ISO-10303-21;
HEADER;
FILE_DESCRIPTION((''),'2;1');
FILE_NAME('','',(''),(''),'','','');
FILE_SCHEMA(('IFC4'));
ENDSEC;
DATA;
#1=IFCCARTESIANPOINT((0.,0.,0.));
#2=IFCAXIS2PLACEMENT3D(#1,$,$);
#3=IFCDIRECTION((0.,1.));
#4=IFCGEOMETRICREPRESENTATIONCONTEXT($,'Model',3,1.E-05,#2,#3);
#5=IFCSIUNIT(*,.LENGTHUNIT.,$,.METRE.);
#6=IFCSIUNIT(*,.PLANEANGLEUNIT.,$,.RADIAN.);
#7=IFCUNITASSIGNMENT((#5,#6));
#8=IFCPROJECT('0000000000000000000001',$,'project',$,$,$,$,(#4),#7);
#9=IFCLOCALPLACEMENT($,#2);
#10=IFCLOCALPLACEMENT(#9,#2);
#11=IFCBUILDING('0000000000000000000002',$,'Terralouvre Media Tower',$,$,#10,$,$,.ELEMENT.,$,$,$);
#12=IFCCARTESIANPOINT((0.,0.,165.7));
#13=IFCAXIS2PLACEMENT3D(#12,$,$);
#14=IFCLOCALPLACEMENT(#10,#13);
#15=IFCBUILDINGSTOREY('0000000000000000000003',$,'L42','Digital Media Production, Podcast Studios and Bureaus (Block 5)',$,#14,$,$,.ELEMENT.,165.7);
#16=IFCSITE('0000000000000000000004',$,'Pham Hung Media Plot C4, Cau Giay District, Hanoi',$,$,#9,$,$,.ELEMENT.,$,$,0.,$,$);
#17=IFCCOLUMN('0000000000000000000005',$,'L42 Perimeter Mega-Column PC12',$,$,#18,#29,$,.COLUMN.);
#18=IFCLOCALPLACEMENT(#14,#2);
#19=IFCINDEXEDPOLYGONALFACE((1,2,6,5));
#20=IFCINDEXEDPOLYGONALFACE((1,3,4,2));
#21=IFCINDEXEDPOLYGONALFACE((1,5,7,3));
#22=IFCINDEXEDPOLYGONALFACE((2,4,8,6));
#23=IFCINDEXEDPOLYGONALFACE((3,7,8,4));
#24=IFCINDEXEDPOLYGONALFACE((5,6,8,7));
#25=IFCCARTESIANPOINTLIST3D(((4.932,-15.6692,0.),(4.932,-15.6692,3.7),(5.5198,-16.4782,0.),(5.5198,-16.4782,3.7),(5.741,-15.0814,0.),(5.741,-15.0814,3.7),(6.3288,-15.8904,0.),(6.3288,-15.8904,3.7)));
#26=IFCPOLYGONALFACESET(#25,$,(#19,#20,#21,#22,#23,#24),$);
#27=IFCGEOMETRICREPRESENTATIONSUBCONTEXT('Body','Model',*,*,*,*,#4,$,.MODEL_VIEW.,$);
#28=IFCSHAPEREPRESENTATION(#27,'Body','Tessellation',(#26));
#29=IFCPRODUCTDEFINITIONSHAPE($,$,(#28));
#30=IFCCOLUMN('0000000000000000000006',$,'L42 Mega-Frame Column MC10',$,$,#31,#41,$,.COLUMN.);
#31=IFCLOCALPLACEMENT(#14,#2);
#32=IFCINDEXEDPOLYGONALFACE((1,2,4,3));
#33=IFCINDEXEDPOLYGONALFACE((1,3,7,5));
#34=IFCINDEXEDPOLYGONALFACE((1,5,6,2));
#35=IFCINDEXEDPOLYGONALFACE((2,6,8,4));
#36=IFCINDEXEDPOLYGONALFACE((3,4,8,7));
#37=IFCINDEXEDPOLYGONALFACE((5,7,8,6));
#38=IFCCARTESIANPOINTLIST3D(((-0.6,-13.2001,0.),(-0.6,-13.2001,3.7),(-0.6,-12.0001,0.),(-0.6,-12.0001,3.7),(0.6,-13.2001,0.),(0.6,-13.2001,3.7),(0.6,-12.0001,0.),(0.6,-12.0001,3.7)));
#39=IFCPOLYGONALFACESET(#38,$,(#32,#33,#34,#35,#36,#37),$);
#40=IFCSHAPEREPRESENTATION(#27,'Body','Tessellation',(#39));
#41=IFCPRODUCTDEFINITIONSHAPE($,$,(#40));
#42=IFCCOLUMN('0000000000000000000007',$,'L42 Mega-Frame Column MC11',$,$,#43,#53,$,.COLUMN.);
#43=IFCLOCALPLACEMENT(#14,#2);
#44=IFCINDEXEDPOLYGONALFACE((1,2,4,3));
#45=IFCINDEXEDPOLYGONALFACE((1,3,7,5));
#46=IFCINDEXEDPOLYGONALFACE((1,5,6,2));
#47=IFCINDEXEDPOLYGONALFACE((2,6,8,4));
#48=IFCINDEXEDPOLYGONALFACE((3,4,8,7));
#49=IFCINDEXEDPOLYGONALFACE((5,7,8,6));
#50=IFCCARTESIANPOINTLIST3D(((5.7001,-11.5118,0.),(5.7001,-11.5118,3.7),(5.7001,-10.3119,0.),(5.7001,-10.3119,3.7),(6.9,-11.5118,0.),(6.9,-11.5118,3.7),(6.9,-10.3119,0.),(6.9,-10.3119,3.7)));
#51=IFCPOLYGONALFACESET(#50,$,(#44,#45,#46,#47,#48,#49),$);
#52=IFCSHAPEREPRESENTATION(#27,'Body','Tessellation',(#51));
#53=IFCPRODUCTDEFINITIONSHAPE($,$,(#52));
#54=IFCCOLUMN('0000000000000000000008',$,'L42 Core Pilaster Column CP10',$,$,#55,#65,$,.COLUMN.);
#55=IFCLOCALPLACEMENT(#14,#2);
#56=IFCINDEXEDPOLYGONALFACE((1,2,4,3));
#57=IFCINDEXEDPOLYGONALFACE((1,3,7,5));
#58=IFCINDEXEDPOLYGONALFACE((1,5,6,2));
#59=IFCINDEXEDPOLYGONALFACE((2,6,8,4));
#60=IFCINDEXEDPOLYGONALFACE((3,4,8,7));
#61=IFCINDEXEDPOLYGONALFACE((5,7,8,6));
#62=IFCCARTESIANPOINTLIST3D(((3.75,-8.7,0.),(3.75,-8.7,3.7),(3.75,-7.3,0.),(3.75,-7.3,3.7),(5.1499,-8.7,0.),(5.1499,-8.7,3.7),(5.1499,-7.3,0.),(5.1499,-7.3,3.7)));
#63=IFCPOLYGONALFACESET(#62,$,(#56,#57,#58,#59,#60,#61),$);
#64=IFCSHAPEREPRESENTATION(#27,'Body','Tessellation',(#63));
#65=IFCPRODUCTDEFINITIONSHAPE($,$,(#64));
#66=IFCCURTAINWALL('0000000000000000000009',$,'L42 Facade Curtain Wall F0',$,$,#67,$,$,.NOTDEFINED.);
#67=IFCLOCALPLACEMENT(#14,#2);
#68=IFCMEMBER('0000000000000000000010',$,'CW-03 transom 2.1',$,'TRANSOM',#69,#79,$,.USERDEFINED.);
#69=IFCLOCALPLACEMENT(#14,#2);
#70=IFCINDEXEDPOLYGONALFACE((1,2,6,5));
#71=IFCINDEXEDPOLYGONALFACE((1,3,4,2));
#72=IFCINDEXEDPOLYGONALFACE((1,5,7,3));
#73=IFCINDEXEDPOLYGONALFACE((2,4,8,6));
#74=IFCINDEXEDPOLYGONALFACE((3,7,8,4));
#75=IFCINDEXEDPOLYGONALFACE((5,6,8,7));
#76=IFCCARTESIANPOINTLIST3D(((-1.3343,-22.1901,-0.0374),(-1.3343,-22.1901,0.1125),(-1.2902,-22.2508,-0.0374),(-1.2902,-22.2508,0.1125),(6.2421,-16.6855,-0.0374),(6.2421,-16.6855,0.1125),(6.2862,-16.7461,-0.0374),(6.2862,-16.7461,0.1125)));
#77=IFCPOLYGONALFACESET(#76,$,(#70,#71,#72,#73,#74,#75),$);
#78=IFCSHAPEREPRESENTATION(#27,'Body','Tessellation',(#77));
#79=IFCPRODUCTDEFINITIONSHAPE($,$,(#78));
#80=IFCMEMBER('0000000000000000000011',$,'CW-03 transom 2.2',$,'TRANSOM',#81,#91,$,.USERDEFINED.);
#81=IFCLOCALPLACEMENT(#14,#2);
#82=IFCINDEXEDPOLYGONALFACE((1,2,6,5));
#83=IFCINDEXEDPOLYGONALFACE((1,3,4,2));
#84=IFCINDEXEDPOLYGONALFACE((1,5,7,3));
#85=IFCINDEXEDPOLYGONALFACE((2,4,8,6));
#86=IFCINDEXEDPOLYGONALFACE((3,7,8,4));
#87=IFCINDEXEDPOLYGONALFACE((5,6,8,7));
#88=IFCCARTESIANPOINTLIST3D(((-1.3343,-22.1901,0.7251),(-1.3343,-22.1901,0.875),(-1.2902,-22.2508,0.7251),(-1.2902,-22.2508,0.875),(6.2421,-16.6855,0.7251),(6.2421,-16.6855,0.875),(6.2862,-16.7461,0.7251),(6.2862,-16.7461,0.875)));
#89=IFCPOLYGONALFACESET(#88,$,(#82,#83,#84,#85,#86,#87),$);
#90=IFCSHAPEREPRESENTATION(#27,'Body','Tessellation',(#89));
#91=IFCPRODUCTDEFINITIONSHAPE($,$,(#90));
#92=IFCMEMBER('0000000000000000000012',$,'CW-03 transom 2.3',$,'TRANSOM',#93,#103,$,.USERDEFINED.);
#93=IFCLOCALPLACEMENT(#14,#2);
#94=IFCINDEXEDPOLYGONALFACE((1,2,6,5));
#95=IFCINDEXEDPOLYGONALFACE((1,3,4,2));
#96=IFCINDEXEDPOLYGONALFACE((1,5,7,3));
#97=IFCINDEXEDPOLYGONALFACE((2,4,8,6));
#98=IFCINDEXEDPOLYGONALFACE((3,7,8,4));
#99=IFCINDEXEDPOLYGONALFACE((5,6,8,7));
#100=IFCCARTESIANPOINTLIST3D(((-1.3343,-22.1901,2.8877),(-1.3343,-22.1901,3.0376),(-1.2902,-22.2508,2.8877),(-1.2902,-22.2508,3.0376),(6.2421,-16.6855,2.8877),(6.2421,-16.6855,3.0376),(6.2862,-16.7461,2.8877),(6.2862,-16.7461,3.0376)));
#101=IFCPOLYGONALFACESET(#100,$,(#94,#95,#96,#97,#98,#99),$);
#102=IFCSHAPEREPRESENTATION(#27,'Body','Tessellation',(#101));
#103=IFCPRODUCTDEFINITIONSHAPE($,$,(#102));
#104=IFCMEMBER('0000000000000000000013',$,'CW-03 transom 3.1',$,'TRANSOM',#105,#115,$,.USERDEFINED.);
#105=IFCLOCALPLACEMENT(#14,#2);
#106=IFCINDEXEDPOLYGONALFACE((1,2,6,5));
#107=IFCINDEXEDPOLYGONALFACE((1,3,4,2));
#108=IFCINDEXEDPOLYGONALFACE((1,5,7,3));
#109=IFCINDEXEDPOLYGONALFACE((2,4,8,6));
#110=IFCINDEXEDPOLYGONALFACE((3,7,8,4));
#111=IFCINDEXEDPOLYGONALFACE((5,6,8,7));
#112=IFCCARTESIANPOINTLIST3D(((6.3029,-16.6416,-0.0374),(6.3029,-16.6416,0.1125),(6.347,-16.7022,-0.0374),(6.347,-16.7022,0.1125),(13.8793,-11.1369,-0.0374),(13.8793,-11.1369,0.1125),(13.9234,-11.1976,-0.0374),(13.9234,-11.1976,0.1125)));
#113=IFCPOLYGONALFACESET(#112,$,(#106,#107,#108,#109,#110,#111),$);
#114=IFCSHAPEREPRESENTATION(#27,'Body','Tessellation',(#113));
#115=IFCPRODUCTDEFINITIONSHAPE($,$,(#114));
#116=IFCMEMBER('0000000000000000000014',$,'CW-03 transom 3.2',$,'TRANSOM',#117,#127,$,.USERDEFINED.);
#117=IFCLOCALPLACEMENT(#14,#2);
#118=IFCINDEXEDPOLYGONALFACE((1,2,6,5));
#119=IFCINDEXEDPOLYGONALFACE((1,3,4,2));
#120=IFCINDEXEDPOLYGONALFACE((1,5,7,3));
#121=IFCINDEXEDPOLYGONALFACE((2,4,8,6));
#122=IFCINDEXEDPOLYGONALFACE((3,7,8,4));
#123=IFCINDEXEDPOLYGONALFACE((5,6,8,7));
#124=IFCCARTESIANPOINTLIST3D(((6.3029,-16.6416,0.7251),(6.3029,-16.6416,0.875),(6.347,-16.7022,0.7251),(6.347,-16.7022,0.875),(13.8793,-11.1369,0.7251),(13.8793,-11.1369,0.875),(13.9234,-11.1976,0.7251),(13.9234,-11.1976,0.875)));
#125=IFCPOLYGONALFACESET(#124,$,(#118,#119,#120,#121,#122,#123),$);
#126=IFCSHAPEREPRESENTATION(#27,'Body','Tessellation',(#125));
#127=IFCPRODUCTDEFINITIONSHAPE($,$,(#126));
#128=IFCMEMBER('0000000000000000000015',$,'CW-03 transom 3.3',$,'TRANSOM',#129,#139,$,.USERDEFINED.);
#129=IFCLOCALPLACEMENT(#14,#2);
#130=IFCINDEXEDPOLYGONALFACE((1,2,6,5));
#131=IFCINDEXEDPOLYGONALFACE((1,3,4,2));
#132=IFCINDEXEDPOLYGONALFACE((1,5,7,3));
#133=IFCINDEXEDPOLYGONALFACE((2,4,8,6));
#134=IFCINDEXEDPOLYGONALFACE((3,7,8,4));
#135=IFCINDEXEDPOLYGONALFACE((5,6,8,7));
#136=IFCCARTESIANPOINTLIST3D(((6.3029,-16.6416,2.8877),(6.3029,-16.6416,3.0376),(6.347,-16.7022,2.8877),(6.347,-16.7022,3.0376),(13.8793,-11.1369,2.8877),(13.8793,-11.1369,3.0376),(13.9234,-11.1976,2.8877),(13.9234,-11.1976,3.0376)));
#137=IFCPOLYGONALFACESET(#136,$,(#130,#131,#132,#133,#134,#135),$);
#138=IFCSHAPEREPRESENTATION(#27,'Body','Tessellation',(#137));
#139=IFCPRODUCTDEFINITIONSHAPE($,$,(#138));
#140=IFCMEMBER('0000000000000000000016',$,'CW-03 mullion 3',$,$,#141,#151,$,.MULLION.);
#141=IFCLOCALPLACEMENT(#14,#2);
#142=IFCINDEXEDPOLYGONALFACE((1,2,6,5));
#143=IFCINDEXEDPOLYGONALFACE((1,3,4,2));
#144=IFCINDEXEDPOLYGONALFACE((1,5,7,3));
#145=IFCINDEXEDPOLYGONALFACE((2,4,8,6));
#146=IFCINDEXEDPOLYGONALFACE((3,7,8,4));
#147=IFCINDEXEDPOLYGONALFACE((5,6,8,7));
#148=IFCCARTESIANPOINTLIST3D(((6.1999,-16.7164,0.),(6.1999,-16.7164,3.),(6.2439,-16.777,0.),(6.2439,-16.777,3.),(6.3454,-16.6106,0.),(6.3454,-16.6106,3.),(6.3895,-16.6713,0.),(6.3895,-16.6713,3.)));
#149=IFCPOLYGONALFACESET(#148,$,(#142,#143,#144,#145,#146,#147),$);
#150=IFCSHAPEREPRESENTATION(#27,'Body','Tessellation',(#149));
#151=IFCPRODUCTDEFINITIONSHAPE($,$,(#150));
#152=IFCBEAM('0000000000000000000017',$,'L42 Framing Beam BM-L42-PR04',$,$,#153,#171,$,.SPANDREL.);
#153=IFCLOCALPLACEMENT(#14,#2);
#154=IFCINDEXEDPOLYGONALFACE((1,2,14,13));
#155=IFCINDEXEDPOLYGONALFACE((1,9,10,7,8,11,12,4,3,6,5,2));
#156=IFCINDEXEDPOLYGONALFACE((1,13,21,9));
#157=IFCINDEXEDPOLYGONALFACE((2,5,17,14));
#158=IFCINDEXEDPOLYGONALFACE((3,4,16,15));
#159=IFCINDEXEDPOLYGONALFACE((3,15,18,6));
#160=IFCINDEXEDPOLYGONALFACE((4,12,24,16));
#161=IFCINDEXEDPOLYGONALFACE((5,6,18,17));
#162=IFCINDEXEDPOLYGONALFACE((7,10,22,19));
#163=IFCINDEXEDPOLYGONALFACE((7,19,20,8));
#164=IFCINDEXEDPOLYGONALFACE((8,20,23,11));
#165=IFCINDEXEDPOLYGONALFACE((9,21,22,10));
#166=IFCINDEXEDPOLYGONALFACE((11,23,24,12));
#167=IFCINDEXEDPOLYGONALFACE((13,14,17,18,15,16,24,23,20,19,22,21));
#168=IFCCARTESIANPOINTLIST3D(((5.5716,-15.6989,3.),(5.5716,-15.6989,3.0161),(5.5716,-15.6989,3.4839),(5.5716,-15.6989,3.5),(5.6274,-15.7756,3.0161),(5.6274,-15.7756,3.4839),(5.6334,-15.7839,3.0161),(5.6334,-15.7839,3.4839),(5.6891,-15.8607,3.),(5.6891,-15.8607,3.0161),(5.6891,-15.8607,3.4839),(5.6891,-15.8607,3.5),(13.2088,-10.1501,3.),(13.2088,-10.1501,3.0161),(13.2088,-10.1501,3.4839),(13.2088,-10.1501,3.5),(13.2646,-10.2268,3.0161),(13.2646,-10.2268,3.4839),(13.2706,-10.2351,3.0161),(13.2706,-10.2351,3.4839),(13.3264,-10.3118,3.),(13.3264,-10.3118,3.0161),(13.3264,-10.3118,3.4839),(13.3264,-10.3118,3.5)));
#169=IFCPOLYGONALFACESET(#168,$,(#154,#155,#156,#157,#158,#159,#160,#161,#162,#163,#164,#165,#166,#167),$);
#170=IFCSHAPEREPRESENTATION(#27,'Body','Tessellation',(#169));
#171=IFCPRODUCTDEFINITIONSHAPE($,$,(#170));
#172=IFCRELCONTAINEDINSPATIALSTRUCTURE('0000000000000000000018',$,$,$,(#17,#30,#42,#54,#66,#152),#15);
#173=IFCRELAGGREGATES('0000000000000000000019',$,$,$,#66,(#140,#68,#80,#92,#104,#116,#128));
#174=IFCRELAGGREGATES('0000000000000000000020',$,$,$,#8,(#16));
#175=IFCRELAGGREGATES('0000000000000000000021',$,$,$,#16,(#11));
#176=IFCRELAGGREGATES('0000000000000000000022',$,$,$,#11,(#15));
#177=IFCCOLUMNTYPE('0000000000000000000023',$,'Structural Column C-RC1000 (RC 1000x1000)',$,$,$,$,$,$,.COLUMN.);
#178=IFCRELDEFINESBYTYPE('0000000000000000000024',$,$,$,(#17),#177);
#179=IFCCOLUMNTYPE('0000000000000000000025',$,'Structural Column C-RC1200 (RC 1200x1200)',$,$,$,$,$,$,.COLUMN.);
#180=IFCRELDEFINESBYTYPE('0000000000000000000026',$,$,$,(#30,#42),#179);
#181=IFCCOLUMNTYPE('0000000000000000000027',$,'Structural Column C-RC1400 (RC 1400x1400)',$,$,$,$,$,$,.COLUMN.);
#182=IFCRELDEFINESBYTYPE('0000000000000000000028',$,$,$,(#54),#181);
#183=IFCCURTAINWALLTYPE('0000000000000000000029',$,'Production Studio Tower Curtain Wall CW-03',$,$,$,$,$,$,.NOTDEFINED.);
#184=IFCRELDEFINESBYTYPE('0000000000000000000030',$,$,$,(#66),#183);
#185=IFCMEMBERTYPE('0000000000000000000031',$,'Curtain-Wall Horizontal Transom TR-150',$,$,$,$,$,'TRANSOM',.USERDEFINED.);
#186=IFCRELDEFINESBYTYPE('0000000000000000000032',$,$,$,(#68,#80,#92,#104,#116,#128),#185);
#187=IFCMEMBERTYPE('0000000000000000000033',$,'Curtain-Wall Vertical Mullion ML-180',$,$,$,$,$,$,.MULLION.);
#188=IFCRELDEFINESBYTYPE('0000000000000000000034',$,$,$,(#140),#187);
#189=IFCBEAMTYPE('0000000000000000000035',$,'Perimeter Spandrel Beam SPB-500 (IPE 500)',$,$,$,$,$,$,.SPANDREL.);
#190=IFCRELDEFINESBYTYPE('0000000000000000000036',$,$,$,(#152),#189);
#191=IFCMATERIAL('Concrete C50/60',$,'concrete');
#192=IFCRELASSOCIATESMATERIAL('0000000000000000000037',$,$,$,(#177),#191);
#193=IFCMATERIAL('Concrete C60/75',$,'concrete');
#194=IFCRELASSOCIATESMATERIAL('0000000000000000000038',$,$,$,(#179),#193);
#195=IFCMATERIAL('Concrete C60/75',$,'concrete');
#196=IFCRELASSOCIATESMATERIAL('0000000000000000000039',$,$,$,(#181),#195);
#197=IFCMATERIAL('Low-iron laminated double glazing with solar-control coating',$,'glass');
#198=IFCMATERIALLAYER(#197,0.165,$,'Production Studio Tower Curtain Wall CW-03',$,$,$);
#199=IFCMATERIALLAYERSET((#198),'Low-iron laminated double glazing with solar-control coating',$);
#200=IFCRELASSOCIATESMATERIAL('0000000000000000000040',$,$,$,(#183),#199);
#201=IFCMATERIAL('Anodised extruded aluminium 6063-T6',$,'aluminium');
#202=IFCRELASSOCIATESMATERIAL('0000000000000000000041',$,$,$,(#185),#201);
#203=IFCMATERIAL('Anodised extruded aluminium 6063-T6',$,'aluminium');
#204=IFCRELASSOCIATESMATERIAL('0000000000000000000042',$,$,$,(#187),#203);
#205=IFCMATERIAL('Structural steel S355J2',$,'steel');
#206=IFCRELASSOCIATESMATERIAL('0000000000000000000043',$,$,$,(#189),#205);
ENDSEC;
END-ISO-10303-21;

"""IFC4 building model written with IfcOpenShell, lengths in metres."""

from ifc_helpers import new_model, si_unit, direction, frame, origin, origin_2d, place, context, subcontext, project, spatial, rectangle, i_section, extrude, material, layer, layer_set, material_profile, profile_set, type_object, element, aggregate, save


model = new_model("IFC4")

# Units and contexts
model_context = context("Model", 3, precision=1e-05, world=origin(), true_north=direction((0.0, 1.0)))
body_context = subcontext(model_context, "Body", "Model", "MODEL_VIEW")
ifc_project = project(units=[si_unit("LENGTHUNIT", "METRE"), si_unit("PLANEANGLEUNIT", "RADIAN")], contexts=[model_context])

# Site, building, storey
site_placement = place(None, origin())
site = spatial("IfcSite", under=ifc_project, at=site_placement, Name="Pham Hung Media Plot C4, Cau Giay District, Hanoi", CompositionType="ELEMENT", RefElevation=0.0)
building_placement = place(site_placement, origin())
building = spatial("IfcBuilding", under=site, at=building_placement, Name="Terralouvre Media Tower", CompositionType="ELEMENT")
storey_placement = place(building_placement, frame((0.0, 0.0, 165.7)))
storey = spatial("IfcBuildingStorey", under=building, at=storey_placement, Name="L42", Description="Digital Media Production, Podcast Studios and Bureaus (Block 5)", CompositionType="ELEMENT", Elevation=165.7)

# Columns
ifc_material_1 = material(Name="Concrete C50/60", Category="concrete")
ifc_material_profile_1 = material_profile(ifc_material_1, rectangle(XDim=1.0, YDim=1.0, at=origin_2d()), Name="RC 1000x1000")
ifc_profile_set_1 = profile_set([ifc_material_profile_1], Name="Concrete C50/60")
column_type_1 = type_object("IfcColumnType", Name="Structural Column C-RC1000 (RC 1000x1000)", PredefinedType="COLUMN", material=ifc_profile_set_1)
column_1_placement = place(storey_placement, frame((5.6304, -15.7798, 0.0), z_axis=(0.0, 0.0, 1.0), x_axis=(0.809017, 0.587785, 0.0)))
element("IfcColumn", 1, at=column_1_placement, inside=storey, type_object=column_type_1, Name="L42 Perimeter Mega-Column PC12", PredefinedType="COLUMN", context=body_context, shape_type="SweptSolid", body=[
    extrude(rectangle(XDim=1.0, YDim=1.0, at=origin_2d()), origin(), (0.0, 0.0, 1.0), 3.7),
])
ifc_material_2 = material(Name="Concrete C60/75", Category="concrete")
ifc_material_profile_2 = material_profile(ifc_material_2, rectangle(XDim=1.2, YDim=1.2, at=origin_2d()), Name="RC 1200x1200")
ifc_profile_set_2 = profile_set([ifc_material_profile_2], Name="Concrete C60/75")
column_type_2 = type_object("IfcColumnType", Name="Structural Column C-RC1200 (RC 1200x1200)", PredefinedType="COLUMN", material=ifc_profile_set_2)
for number, where, z_axis, x_axis, name in (
    (2, (0.0, -12.6001, 0.0), (0.0, 0.0, 1.0), (1.0, 0.0, 0.0), "L42 Mega-Frame Column MC10"),
    (3, (6.3, -10.9119, 0.0), (0.0, 0.0, 1.0), (1.0, 0.0, 0.0), "L42 Mega-Frame Column MC11"),
):
    element("IfcColumn", number, at=place(storey_placement, frame(where, z_axis=z_axis, x_axis=x_axis)), inside=storey, type_object=column_type_2, Name=name, PredefinedType="COLUMN", context=body_context, shape_type="SweptSolid", body=[
        extrude(rectangle(XDim=1.2, YDim=1.2, at=origin_2d()), origin(), (0.0, 0.0, 1.0), 3.7),
    ])
ifc_material_3 = material(Name="Concrete C60/75", Category="concrete")
ifc_material_profile_3 = material_profile(ifc_material_3, rectangle(XDim=1.3999, YDim=1.3999, at=origin_2d()), Name="RC 1400x1400")
ifc_profile_set_3 = profile_set([ifc_material_profile_3], Name="Concrete C60/75")
column_type_3 = type_object("IfcColumnType", Name="Structural Column C-RC1400 (RC 1400x1400)", PredefinedType="COLUMN", material=ifc_profile_set_3)
column_2_placement = place(storey_placement, frame((4.45, -8.0, 0.0), z_axis=(0.0, 0.0, 1.0), x_axis=(1.0, 0.0, 0.0)))
element("IfcColumn", 4, at=column_2_placement, inside=storey, type_object=column_type_3, Name="L42 Core Pilaster Column CP10", PredefinedType="COLUMN", context=body_context, shape_type="SweptSolid", body=[
    extrude(rectangle(XDim=1.3999, YDim=1.3999, at=origin_2d()), origin(), (0.0, 0.0, 1.0), 3.7),
])

# Curtain wall, members
ifc_material_4 = material(Name="Low-iron laminated double glazing with solar-control coating", Category="glass")
ifc_layer_1 = layer(ifc_material_4, 0.165, Name="Production Studio Tower Curtain Wall CW-03")
ifc_layer_set_1 = layer_set([ifc_layer_1], Name="Low-iron laminated double glazing with solar-control coating")
curtain_wall_type = type_object("IfcCurtainWallType", Name="Production Studio Tower Curtain Wall CW-03", PredefinedType="NOTDEFINED", material=ifc_layer_set_1)
curtain_wall_placement = place(storey_placement, origin())
curtain_wall = element("IfcCurtainWall", 5, at=curtain_wall_placement, inside=storey, type_object=curtain_wall_type, Name="L42 Facade Curtain Wall F0", PredefinedType="NOTDEFINED")
ifc_material_5 = material(Name="Anodised extruded aluminium 6063-T6", Category="aluminium")
ifc_material_profile_4 = material_profile(ifc_material_5, rectangle(XDim=0.075, YDim=0.1499, at=origin_2d()), Name="ALU 75x150")
ifc_profile_set_4 = profile_set([ifc_material_profile_4], Name="Anodised extruded aluminium 6063-T6")
member_type_1 = type_object("IfcMemberType", Name="Curtain-Wall Horizontal Transom TR-150", ElementType="TRANSOM", PredefinedType="USERDEFINED", material=ifc_profile_set_4)
member_1_placement = place(storey_placement, frame((-1.3123, -22.2205, 0.0376), z_axis=(0.809014, 0.587789, 0.0), x_axis=(-0.587789, 0.809014, 0.0)))
member_1 = element("IfcMember", 6, at=member_1_placement, type_object=member_type_1, Name="CW-03 transom 2.1", ObjectType="TRANSOM", PredefinedType="USERDEFINED", context=body_context, shape_type="SweptSolid", body=[
    extrude(rectangle(XDim=0.075, YDim=0.1499, at=origin_2d()), origin(), (0.0, 0.0, 1.0), 9.365),
])
member_2_placement = place(storey_placement, frame((-1.3123, -22.2205, 0.8), z_axis=(0.809014, 0.587789, 0.0), x_axis=(-0.587789, 0.809014, 0.0)))
member_2 = element("IfcMember", 7, at=member_2_placement, type_object=member_type_1, Name="CW-03 transom 2.2", ObjectType="TRANSOM", PredefinedType="USERDEFINED", context=body_context, shape_type="SweptSolid", body=[
    extrude(rectangle(XDim=0.075, YDim=0.1499, at=origin_2d()), origin(), (0.0, 0.0, 1.0), 9.365),
])
member_3_placement = place(storey_placement, frame((-1.3123, -22.2205, 2.9626), z_axis=(0.809014, 0.587789, 0.0), x_axis=(-0.587789, 0.809014, 0.0)))
member_3 = element("IfcMember", 8, at=member_3_placement, type_object=member_type_1, Name="CW-03 transom 2.3", ObjectType="TRANSOM", PredefinedType="USERDEFINED", context=body_context, shape_type="SweptSolid", body=[
    extrude(rectangle(XDim=0.075, YDim=0.1499, at=origin_2d()), origin(), (0.0, 0.0, 1.0), 9.365),
])
member_4_placement = place(storey_placement, frame((6.325, -16.6719, 0.0376), z_axis=(0.809014, 0.587789, 0.0), x_axis=(-0.587789, 0.809014, 0.0)))
member_4 = element("IfcMember", 9, at=member_4_placement, type_object=member_type_1, Name="CW-03 transom 3.1", ObjectType="TRANSOM", PredefinedType="USERDEFINED", context=body_context, shape_type="SweptSolid", body=[
    extrude(rectangle(XDim=0.075, YDim=0.1499, at=origin_2d()), origin(), (0.0, 0.0, 1.0), 9.365),
])
member_5_placement = place(storey_placement, frame((6.325, -16.6719, 0.8), z_axis=(0.809014, 0.587789, 0.0), x_axis=(-0.587789, 0.809014, 0.0)))
member_5 = element("IfcMember", 10, at=member_5_placement, type_object=member_type_1, Name="CW-03 transom 3.2", ObjectType="TRANSOM", PredefinedType="USERDEFINED", context=body_context, shape_type="SweptSolid", body=[
    extrude(rectangle(XDim=0.075, YDim=0.1499, at=origin_2d()), origin(), (0.0, 0.0, 1.0), 9.365),
])
member_6_placement = place(storey_placement, frame((6.325, -16.6719, 2.9626), z_axis=(0.809014, 0.587789, 0.0), x_axis=(-0.587789, 0.809014, 0.0)))
member_6 = element("IfcMember", 11, at=member_6_placement, type_object=member_type_1, Name="CW-03 transom 3.3", ObjectType="TRANSOM", PredefinedType="USERDEFINED", context=body_context, shape_type="SweptSolid", body=[
    extrude(rectangle(XDim=0.075, YDim=0.1499, at=origin_2d()), origin(), (0.0, 0.0, 1.0), 9.365),
])
ifc_material_6 = material(Name="Anodised extruded aluminium 6063-T6", Category="aluminium")
ifc_material_profile_5 = material_profile(ifc_material_6, rectangle(XDim=0.075, YDim=0.1799, at=origin_2d()), Name="ALU 75x180")
ifc_profile_set_5 = profile_set([ifc_material_profile_5], Name="Anodised extruded aluminium 6063-T6")
member_type_2 = type_object("IfcMemberType", Name="Curtain-Wall Vertical Mullion ML-180", PredefinedType="MULLION", material=ifc_profile_set_5)
member_7_placement = place(storey_placement, frame((6.2947, -16.6938, 0.0), z_axis=(0.0, 0.0, 1.0), x_axis=(-0.587785, 0.809017, 0.0)))
member_7 = element("IfcMember", 12, at=member_7_placement, type_object=member_type_2, Name="CW-03 mullion 3", PredefinedType="MULLION", context=body_context, shape_type="SweptSolid", body=[
    extrude(rectangle(XDim=0.075, YDim=0.1799, at=origin_2d()), origin(), (0.0, 0.0, 1.0), 3.0),
])

# Beam
ifc_material_7 = material(Name="Structural steel S355J2", Category="steel")
ifc_material_profile_6 = material_profile(ifc_material_7, i_section(OverallWidth=0.2, OverallDepth=0.5, WebThickness=0.0103, FlangeThickness=0.0161, at=origin_2d()), Name="IPE 500")
ifc_profile_set_6 = profile_set([ifc_material_profile_6], Name="Structural steel S355J2")
beam_type_1 = type_object("IfcBeamType", Name="Perimeter Spandrel Beam SPB-500 (IPE 500)", PredefinedType="SPANDREL", material=ifc_profile_set_6)
beam_1_placement = place(storey_placement, frame((5.6304, -15.7798, 3.25), z_axis=(0.809013, 0.58779, 0.0), x_axis=(-0.58779, 0.809013, 0.0)))
element("IfcBeam", 13, at=beam_1_placement, inside=storey, type_object=beam_type_1, Name="L42 Framing Beam BM-L42-PR04", PredefinedType="SPANDREL", context=body_context, shape_type="SweptSolid", body=[
    extrude(i_section(OverallWidth=0.2, OverallDepth=0.5, WebThickness=0.0103, FlangeThickness=0.0161, at=origin_2d()), origin(), (0.0, 0.0, 1.0), 9.4402),
])

aggregate(curtain_wall, [member_7, member_1, member_2, member_3, member_4, member_5, member_6])

save(model, "model.ifc")
